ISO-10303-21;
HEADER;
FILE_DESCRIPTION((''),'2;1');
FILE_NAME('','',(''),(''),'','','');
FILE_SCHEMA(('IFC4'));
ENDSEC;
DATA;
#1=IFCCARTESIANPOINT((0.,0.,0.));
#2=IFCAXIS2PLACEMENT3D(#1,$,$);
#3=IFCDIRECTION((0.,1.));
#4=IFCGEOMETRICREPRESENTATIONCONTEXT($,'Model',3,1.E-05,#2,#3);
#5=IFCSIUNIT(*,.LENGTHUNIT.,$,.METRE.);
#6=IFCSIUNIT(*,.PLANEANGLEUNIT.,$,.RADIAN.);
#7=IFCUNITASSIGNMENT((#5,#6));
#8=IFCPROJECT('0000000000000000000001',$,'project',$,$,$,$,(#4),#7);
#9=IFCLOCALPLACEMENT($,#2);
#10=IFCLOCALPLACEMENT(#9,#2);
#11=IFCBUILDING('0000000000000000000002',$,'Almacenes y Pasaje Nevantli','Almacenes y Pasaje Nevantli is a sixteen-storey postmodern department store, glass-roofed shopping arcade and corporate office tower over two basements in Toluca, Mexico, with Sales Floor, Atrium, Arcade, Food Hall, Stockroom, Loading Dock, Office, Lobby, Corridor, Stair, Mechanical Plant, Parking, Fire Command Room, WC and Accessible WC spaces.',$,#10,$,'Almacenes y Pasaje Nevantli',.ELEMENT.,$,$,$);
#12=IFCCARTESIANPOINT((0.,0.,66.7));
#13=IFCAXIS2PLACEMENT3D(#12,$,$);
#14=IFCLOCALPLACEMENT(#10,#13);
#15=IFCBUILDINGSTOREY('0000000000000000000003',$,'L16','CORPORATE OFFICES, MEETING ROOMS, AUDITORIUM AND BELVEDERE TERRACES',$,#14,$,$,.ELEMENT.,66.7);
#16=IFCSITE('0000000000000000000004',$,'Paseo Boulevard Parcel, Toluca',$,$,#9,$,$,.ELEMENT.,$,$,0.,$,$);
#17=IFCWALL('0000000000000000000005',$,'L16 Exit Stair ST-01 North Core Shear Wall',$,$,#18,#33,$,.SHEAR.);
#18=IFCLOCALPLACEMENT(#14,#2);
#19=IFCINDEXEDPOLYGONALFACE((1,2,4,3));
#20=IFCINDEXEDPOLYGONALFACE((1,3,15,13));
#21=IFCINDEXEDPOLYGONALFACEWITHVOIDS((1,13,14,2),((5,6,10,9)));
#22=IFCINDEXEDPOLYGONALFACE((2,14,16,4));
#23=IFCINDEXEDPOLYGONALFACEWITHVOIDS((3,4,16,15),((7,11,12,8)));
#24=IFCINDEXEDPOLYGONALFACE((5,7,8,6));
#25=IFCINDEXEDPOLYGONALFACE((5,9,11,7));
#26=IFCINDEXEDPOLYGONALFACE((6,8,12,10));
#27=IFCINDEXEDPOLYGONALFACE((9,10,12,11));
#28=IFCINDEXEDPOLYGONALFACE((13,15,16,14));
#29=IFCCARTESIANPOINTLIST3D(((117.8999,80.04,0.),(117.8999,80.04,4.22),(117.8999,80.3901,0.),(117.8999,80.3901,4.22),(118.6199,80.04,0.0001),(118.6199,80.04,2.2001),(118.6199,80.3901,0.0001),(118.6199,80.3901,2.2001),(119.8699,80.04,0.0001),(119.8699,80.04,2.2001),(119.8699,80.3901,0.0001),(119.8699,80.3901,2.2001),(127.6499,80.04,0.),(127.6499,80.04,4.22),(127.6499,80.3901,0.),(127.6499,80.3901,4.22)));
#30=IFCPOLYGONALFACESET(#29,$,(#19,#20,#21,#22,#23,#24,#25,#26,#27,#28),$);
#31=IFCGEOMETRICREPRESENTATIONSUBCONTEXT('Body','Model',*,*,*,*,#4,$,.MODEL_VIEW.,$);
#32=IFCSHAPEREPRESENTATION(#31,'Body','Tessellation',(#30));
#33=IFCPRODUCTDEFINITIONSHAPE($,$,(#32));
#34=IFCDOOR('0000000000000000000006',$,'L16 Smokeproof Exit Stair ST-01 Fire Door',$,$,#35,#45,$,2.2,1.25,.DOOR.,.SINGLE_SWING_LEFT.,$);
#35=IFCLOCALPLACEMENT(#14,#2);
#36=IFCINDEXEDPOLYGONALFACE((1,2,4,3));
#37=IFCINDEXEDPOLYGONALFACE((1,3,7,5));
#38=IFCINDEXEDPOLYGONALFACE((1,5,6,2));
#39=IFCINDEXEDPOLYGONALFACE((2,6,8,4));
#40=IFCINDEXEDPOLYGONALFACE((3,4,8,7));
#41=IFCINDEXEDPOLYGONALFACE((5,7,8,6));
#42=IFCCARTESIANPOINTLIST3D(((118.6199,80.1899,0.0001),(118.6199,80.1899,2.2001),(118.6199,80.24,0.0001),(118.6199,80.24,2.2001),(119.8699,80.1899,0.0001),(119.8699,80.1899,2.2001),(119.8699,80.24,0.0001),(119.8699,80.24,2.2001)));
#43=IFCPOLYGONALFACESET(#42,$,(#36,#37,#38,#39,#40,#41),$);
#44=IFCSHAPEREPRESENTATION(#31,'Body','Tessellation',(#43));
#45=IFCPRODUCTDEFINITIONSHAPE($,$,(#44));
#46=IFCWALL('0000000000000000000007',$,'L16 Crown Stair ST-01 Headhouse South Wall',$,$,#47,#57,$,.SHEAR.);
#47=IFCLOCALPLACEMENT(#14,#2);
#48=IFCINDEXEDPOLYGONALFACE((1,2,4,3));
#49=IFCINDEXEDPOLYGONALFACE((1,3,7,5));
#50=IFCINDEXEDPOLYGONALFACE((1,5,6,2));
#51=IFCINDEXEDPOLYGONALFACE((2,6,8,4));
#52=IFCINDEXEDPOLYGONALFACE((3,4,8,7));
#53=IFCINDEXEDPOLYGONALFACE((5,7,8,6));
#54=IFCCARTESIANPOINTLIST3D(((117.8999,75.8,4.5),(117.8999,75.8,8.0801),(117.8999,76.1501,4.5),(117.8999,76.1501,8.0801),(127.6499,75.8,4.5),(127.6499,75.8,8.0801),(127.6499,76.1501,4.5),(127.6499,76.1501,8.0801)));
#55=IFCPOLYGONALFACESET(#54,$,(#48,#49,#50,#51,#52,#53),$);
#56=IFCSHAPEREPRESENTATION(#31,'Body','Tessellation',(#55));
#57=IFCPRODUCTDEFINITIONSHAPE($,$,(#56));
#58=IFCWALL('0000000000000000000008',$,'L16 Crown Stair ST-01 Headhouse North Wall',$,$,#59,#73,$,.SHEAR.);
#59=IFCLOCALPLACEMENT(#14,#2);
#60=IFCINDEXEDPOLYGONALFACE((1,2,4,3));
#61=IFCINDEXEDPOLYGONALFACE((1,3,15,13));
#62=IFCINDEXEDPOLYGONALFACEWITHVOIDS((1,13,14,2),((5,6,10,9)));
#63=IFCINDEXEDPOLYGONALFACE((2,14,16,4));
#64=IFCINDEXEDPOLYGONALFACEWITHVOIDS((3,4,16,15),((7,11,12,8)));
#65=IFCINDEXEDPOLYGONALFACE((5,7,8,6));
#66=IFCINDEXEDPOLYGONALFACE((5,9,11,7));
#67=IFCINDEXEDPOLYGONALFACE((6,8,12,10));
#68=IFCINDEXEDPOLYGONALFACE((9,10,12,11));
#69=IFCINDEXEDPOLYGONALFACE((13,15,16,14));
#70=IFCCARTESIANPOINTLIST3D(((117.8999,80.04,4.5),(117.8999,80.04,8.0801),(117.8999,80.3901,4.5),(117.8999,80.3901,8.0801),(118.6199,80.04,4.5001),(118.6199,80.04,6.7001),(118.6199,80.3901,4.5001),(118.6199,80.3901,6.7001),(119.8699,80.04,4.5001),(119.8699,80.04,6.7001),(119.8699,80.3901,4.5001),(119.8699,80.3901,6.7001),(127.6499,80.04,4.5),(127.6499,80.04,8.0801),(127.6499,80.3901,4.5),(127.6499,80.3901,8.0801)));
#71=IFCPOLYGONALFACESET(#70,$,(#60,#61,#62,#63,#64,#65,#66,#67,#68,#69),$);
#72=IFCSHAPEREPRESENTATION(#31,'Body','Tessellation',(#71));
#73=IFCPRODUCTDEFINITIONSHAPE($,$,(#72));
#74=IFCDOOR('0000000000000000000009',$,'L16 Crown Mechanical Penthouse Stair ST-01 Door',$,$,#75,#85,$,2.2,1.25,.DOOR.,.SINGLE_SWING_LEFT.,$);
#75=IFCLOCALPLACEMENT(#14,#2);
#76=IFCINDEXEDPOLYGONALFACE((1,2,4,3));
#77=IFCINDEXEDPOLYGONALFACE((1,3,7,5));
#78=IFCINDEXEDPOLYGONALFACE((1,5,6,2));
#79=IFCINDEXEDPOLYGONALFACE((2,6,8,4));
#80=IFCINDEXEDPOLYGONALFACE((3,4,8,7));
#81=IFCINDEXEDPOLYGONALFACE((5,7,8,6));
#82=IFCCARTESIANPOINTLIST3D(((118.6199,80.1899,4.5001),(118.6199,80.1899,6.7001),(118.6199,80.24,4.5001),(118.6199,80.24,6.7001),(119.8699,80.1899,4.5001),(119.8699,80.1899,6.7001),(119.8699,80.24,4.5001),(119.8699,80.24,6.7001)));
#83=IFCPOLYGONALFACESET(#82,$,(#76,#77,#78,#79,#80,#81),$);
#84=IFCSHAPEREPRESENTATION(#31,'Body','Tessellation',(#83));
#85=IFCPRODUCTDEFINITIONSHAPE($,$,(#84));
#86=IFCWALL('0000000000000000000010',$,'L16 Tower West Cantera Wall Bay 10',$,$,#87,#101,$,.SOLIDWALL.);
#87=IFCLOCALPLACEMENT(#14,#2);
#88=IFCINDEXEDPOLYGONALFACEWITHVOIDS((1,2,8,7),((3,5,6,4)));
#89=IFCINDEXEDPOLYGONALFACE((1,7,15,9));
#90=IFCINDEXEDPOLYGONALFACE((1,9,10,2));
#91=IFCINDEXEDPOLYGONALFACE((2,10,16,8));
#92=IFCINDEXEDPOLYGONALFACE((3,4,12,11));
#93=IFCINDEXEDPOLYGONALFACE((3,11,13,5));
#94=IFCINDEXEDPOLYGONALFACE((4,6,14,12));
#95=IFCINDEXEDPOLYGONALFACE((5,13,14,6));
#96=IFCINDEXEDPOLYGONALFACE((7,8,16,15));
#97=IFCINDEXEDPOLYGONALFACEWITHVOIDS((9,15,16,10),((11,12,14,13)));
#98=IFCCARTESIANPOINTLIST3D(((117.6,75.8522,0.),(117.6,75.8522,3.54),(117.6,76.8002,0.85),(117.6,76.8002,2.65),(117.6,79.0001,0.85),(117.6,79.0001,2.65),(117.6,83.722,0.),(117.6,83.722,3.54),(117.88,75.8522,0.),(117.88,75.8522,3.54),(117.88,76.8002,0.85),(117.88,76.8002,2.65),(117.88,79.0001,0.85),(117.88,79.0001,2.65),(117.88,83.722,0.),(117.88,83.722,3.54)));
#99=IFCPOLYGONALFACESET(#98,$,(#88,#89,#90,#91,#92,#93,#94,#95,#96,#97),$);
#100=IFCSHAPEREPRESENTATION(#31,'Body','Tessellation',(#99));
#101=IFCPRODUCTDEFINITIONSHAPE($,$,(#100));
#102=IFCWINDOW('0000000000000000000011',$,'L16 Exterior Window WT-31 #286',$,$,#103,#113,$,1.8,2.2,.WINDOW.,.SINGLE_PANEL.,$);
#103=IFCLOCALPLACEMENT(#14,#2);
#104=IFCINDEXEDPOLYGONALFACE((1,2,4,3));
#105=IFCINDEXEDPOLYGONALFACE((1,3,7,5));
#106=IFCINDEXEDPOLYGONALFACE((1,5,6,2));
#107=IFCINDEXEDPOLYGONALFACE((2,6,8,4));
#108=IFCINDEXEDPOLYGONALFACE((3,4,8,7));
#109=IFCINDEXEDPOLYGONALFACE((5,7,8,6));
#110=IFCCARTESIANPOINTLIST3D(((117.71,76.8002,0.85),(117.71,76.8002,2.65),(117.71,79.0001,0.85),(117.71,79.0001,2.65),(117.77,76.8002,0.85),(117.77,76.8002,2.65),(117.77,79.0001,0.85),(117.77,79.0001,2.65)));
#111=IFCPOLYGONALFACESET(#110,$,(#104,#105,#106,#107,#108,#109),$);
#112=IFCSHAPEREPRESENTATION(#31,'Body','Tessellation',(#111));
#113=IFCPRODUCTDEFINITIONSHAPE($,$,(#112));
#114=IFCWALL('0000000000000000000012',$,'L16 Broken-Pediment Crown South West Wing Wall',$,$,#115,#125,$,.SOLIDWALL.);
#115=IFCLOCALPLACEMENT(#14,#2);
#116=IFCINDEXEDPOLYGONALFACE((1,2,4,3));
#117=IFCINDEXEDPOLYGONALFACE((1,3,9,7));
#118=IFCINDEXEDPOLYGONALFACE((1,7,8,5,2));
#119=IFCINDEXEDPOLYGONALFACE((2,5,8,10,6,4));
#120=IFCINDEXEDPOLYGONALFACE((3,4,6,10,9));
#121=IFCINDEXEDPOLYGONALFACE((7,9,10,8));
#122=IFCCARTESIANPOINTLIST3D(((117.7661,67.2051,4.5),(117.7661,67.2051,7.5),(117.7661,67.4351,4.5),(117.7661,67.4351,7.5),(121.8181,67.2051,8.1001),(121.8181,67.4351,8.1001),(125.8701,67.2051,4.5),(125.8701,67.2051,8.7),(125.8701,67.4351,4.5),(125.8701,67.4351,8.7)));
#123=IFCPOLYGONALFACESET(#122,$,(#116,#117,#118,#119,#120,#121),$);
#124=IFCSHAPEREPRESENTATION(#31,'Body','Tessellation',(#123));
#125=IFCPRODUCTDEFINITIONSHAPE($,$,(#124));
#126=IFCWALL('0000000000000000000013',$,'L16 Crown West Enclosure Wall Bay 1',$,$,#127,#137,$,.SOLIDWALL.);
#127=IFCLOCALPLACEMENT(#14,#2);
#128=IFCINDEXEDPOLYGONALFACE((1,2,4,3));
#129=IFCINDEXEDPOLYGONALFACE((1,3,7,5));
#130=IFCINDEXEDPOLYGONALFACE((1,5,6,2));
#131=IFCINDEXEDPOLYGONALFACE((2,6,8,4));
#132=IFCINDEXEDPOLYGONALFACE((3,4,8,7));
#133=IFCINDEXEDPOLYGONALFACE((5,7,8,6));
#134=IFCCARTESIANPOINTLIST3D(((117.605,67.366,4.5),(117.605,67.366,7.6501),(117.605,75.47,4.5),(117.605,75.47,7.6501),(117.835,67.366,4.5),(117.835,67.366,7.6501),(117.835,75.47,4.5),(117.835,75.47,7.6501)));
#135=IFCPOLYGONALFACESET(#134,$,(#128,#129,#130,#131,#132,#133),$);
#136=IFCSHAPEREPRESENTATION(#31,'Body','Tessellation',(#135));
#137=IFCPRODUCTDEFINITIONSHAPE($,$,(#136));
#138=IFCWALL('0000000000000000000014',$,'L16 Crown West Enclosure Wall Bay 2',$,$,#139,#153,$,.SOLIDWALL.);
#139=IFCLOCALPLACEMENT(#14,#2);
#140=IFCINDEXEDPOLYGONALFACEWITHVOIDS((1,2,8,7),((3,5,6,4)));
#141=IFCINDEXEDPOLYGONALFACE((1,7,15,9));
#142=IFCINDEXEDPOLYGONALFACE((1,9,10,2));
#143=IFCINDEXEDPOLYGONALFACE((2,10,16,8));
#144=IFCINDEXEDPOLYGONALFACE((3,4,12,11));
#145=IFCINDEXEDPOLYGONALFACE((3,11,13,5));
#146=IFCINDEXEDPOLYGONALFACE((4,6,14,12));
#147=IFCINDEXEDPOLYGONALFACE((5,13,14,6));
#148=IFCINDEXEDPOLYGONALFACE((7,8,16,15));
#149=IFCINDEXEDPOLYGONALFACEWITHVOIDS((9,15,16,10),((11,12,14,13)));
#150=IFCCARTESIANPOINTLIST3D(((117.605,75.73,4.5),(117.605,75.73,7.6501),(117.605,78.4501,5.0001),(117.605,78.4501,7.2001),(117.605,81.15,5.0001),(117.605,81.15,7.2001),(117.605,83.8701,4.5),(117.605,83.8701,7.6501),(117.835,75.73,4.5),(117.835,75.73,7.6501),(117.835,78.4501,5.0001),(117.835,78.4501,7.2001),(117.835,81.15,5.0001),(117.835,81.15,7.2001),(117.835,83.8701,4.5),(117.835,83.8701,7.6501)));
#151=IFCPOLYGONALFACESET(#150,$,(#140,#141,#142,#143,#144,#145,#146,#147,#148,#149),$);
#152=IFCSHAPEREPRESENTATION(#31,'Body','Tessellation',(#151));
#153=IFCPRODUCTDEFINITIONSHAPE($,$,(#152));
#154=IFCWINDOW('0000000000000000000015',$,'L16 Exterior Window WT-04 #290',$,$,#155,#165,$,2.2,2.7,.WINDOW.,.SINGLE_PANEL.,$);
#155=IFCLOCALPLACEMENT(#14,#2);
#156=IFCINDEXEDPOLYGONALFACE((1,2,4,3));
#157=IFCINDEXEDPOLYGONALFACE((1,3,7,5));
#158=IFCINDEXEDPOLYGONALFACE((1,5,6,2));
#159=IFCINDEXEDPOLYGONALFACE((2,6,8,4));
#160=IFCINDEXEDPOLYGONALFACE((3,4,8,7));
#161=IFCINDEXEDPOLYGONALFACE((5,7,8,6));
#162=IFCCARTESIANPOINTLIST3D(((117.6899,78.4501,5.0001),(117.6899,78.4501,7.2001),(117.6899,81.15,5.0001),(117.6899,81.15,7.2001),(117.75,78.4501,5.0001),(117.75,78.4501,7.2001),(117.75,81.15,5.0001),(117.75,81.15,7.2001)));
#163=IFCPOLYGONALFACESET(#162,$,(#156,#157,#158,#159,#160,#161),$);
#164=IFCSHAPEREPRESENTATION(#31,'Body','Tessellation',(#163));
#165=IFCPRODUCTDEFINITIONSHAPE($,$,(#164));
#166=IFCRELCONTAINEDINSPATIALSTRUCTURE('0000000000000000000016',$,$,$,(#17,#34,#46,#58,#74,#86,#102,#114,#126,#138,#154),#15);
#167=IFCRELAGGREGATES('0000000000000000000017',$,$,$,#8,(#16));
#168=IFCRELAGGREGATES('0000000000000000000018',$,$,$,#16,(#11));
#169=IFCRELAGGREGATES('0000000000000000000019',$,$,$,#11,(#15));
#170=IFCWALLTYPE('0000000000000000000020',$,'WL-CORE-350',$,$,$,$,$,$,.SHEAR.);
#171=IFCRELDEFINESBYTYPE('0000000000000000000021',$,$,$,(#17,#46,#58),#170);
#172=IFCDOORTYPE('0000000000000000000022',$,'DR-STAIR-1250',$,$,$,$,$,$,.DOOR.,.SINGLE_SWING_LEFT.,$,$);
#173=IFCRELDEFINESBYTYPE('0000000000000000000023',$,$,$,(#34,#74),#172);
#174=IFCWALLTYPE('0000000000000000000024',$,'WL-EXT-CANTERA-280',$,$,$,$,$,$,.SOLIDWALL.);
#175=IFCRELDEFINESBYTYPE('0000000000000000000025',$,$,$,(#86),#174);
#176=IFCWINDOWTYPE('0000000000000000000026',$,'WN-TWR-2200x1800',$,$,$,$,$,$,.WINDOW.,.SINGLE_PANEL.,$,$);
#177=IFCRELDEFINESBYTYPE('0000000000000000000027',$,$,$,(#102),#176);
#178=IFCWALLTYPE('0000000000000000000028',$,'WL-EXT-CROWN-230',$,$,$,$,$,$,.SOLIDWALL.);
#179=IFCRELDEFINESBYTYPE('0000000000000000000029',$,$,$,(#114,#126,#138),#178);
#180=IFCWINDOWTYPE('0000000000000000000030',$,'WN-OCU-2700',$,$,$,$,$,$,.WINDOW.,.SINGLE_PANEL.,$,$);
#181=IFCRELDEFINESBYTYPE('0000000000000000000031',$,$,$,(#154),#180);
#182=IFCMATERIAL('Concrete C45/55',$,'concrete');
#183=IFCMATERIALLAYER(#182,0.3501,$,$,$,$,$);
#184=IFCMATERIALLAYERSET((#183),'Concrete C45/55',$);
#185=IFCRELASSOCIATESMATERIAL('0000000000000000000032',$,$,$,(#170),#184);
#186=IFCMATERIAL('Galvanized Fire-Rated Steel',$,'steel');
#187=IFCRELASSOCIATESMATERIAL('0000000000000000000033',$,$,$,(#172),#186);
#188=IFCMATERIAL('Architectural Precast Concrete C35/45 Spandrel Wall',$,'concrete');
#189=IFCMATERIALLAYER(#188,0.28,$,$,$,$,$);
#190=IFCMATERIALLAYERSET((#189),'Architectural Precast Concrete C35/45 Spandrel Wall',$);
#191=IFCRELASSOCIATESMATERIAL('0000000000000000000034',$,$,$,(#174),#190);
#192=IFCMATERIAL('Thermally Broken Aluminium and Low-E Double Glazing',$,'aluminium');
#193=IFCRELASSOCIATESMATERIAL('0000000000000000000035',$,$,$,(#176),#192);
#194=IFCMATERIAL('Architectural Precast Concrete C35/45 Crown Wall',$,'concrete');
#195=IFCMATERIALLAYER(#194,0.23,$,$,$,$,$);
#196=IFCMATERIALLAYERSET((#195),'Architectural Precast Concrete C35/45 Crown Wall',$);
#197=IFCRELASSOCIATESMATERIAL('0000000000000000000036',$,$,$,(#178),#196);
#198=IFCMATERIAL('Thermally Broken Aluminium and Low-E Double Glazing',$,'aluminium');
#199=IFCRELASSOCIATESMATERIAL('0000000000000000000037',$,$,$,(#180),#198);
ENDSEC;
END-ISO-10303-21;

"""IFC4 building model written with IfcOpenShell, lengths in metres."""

from ifc_helpers import new_model, si_unit, direction, frame, frame_2d, origin, place, context, subcontext, project, spatial, polyline, rectangle, outline, extrude, material, layer, layer_set, type_object, element, fill, save


model = new_model("IFC4")

# Units and contexts
model_context = context("Model", 3, precision=1e-05, world=origin(), true_north=direction((0.0, 1.0)))
body_context = subcontext(model_context, "Body", "Model", "MODEL_VIEW")
ifc_project = project(units=[si_unit("LENGTHUNIT", "METRE"), si_unit("PLANEANGLEUNIT", "RADIAN")], contexts=[model_context])

# Site, building, storey
site_placement = place(None, origin())
site = spatial("IfcSite", under=ifc_project, at=site_placement, Name="Paseo Boulevard Parcel, Toluca", CompositionType="ELEMENT", RefElevation=0.0)
building_placement = place(site_placement, origin())
building = spatial("IfcBuilding", under=site, at=building_placement, Name="Almacenes y Pasaje Nevantli", Description="Almacenes y Pasaje Nevantli is a sixteen-storey postmodern department store, glass-roofed shopping arcade and corporate office tower over two basements in Toluca, Mexico, with Sales Floor, Atrium, Arcade, Food Hall, Stockroom, Loading Dock, Office, Lobby, Corridor, Stair, Mechanical Plant, Parking, Fire Command Room, WC and Accessible WC spaces.", LongName="Almacenes y Pasaje Nevantli", CompositionType="ELEMENT")
storey_placement = place(building_placement, frame((0.0, 0.0, 66.7)))
storey = spatial("IfcBuildingStorey", under=building, at=storey_placement, Name="L16", Description="CORPORATE OFFICES, MEETING ROOMS, AUDITORIUM AND BELVEDERE TERRACES", CompositionType="ELEMENT", Elevation=66.7)

# Shared definitions
ifc_material_1 = material(Name="Concrete C45/55", Category="concrete")
ifc_layer_1 = layer(ifc_material_1, 0.3501)
ifc_layer_set_1 = layer_set([ifc_layer_1], Name="Concrete C45/55")
wall_type_1 = type_object("IfcWallType", Name="WL-CORE-350", PredefinedType="SHEAR", material=ifc_layer_set_1)

# Wall, opening, door
wall_1_placement = place(storey_placement, frame((117.8999, 80.2151, 0.0), z_axis=(0.0, 0.0, 1.0), x_axis=(1.0, 0.0, 0.0)))
wall_1 = element("IfcWall", 1, at=wall_1_placement, inside=storey, type_object=wall_type_1, Name="L16 Exit Stair ST-01 North Core Shear Wall", PredefinedType="SHEAR", context=body_context, shape_type="SweptSolid", body=[
    extrude(rectangle(XDim=9.75, YDim=0.3501, at=frame_2d((4.875, 0.0))), origin(), (0.0, 0.0, 1.0), 4.22),
])
opening_1_placement = place(wall_1_placement, frame((0.72, 0.0, 0.0)))
opening_1 = element("IfcOpeningElement", 2, at=opening_1_placement, cuts=wall_1, PredefinedType="OPENING", context=body_context, shape_type="SweptSolid", body=[
    extrude(rectangle(XDim=1.25, YDim=2.2, at=frame_2d((0.625, 1.1001))), frame((0.0, 0.1851, 0.0), z_axis=(0.0, -1.0, 0.0), x_axis=(1.0, 0.0, 0.0)), (0.0, 0.0, 1.0), 0.3701),
])
ifc_material_2 = material(Name="Galvanized Fire-Rated Steel", Category="steel")
door_type = type_object("IfcDoorType", Name="DR-STAIR-1250", OperationType="SINGLE_SWING_LEFT", PredefinedType="DOOR", material=ifc_material_2)
door_1_placement = place(opening_1_placement, origin())
door_1 = element("IfcDoor", 3, at=door_1_placement, inside=storey, type_object=door_type, Name="L16 Smokeproof Exit Stair ST-01 Fire Door", OperationType="SINGLE_SWING_LEFT", OverallHeight=2.2, OverallWidth=1.25, PredefinedType="DOOR", context=body_context, shape_type="SweptSolid", body=[
    extrude(rectangle(XDim=1.25, YDim=2.2, at=frame_2d((0.625, 1.1001))), frame((0.0, 0.0249, 0.0), z_axis=(0.0, -1.0, 0.0), x_axis=(1.0, 0.0, 0.0)), (0.0, 0.0, 1.0), 0.05),
])
fill(opening_1, door_1)

# Wall
wall_2_placement = place(storey_placement, frame((117.8999, 75.9751, 4.5), z_axis=(0.0, 0.0, 1.0), x_axis=(1.0, 0.0, 0.0)))
element("IfcWall", 4, at=wall_2_placement, inside=storey, type_object=wall_type_1, Name="L16 Crown Stair ST-01 Headhouse South Wall", PredefinedType="SHEAR", context=body_context, shape_type="SweptSolid", body=[
    extrude(rectangle(XDim=9.75, YDim=0.3501, at=frame_2d((4.875, 0.0))), origin(), (0.0, 0.0, 1.0), 3.5801),
])

# Wall, opening, door
wall_3_placement = place(storey_placement, frame((117.8999, 80.2151, 4.5), z_axis=(0.0, 0.0, 1.0), x_axis=(1.0, 0.0, 0.0)))
wall_3 = element("IfcWall", 5, at=wall_3_placement, inside=storey, type_object=wall_type_1, Name="L16 Crown Stair ST-01 Headhouse North Wall", PredefinedType="SHEAR", context=body_context, shape_type="SweptSolid", body=[
    extrude(rectangle(XDim=9.75, YDim=0.3501, at=frame_2d((4.875, 0.0))), origin(), (0.0, 0.0, 1.0), 3.5801),
])
opening_2_placement = place(wall_3_placement, frame((0.72, 0.0, 0.0)))
opening_2 = element("IfcOpeningElement", 6, at=opening_2_placement, cuts=wall_3, PredefinedType="OPENING", context=body_context, shape_type="SweptSolid", body=[
    extrude(rectangle(XDim=1.25, YDim=2.2, at=frame_2d((0.625, 1.1001))), frame((0.0, 0.1851, 0.0), z_axis=(0.0, -1.0, 0.0), x_axis=(1.0, 0.0, 0.0)), (0.0, 0.0, 1.0), 0.3701),
])
door_2_placement = place(opening_2_placement, origin())
door_2 = element("IfcDoor", 7, at=door_2_placement, inside=storey, type_object=door_type, Name="L16 Crown Mechanical Penthouse Stair ST-01 Door", OperationType="SINGLE_SWING_LEFT", OverallHeight=2.2, OverallWidth=1.25, PredefinedType="DOOR", context=body_context, shape_type="SweptSolid", body=[
    extrude(rectangle(XDim=1.25, YDim=2.2, at=frame_2d((0.625, 1.1001))), frame((0.0, 0.0249, 0.0), z_axis=(0.0, -1.0, 0.0), x_axis=(1.0, 0.0, 0.0)), (0.0, 0.0, 1.0), 0.05),
])
fill(opening_2, door_2)

# Wall, opening, window
ifc_material_3 = material(Name="Architectural Precast Concrete C35/45 Spandrel Wall", Category="concrete")
ifc_layer_2 = layer(ifc_material_3, 0.28)
ifc_layer_set_2 = layer_set([ifc_layer_2], Name="Architectural Precast Concrete C35/45 Spandrel Wall")
wall_type_2 = type_object("IfcWallType", Name="WL-EXT-CANTERA-280", PredefinedType="SOLIDWALL", material=ifc_layer_set_2)
wall_4_placement = place(storey_placement, frame((117.74, 75.8521, 0.0), z_axis=(0.0, 0.0, 1.0), x_axis=(0.0, 1.0, 0.0)))
wall_4 = element("IfcWall", 8, at=wall_4_placement, inside=storey, type_object=wall_type_2, Name="L16 Tower West Cantera Wall Bay 10", PredefinedType="SOLIDWALL", context=body_context, shape_type="SweptSolid", body=[
    extrude(rectangle(XDim=7.8699, YDim=0.28, at=frame_2d((3.9351, 0.0))), origin(), (0.0, 0.0, 1.0), 3.54),
])
opening_3_placement = place(wall_4_placement, frame((0.948, 0.0, 0.8501)))
opening_3 = element("IfcOpeningElement", 9, at=opening_3_placement, cuts=wall_4, PredefinedType="OPENING", context=body_context, shape_type="SweptSolid", body=[
    extrude(rectangle(XDim=2.2, YDim=1.8, at=frame_2d((1.1001, 0.8999))), frame((0.0, 0.1499, 0.0), z_axis=(0.0, -1.0, 0.0), x_axis=(1.0, 0.0, 0.0)), (0.0, 0.0, 1.0), 0.3),
])
ifc_material_4 = material(Name="Thermally Broken Aluminium and Low-E Double Glazing", Category="aluminium")
window_type_1 = type_object("IfcWindowType", Name="WN-TWR-2200x1800", PartitioningType="SINGLE_PANEL", PredefinedType="WINDOW", material=ifc_material_4)
window_1_placement = place(opening_3_placement, origin())
window_1 = element("IfcWindow", 10, at=window_1_placement, inside=storey, type_object=window_type_1, Name="L16 Exterior Window WT-31 #286", OverallHeight=1.8, OverallWidth=2.2, PartitioningType="SINGLE_PANEL", PredefinedType="WINDOW", context=body_context, shape_type="SweptSolid", body=[
    extrude(rectangle(XDim=2.2, YDim=1.8, at=frame_2d((1.1001, 0.8999))), frame((0.0, 0.03, 0.0), z_axis=(0.0, -1.0, 0.0), x_axis=(1.0, 0.0, 0.0)), (0.0, 0.0, 1.0), 0.0601),
])
fill(opening_3, window_1)

# Walls
ifc_material_5 = material(Name="Architectural Precast Concrete C35/45 Crown Wall", Category="concrete")
ifc_layer_3 = layer(ifc_material_5, 0.23)
ifc_layer_set_3 = layer_set([ifc_layer_3], Name="Architectural Precast Concrete C35/45 Crown Wall")
wall_type_3 = type_object("IfcWallType", Name="WL-EXT-CROWN-230", PredefinedType="SOLIDWALL", material=ifc_layer_set_3)
wall_5_placement = place(storey_placement, frame((117.7661, 67.3201, 4.5), z_axis=(0.0, 0.0, 1.0), x_axis=(1.0, 0.0, 0.0)))
element("IfcWall", 11, at=wall_5_placement, inside=storey, type_object=wall_type_3, Name="L16 Broken-Pediment Crown South West Wing Wall", PredefinedType="SOLIDWALL", context=body_context, shape_type="SweptSolid", body=[
    extrude(outline(polyline([(0.0, 0.0), (8.104, 0.0), (8.104, 4.2), (4.052, 3.6001), (0.0, 3.0), (0.0, 0.0)])), frame((0.0, 0.115, 0.0), z_axis=(0.0, -1.0, 0.0), x_axis=(1.0, 0.0, 0.0)), (0.0, 0.0, 1.0), 0.23),
])
wall_6_placement = place(storey_placement, frame((117.72, 67.366, 4.5), z_axis=(0.0, 0.0, 1.0), x_axis=(0.0, 1.0, 0.0)))
element("IfcWall", 12, at=wall_6_placement, inside=storey, type_object=wall_type_3, Name="L16 Crown West Enclosure Wall Bay 1", PredefinedType="SOLIDWALL", context=body_context, shape_type="SweptSolid", body=[
    extrude(rectangle(XDim=8.104, YDim=0.23, at=frame_2d((4.052, 0.0))), origin(), (0.0, 0.0, 1.0), 3.1501),
])

# Wall, opening, window
wall_7_placement = place(storey_placement, frame((117.72, 75.73, 4.5), z_axis=(0.0, 0.0, 1.0), x_axis=(0.0, 1.0, 0.0)))
wall_7 = element("IfcWall", 13, at=wall_7_placement, inside=storey, type_object=wall_type_3, Name="L16 Crown West Enclosure Wall Bay 2", PredefinedType="SOLIDWALL", context=body_context, shape_type="SweptSolid", body=[
    extrude(rectangle(XDim=8.1401, YDim=0.23, at=frame_2d((4.0701, 0.0))), origin(), (0.0, 0.0, 1.0), 3.1501),
])
opening_4_placement = place(wall_7_placement, frame((2.72, 0.0, 0.5)))
opening_4 = element("IfcOpeningElement", 14, at=opening_4_placement, cuts=wall_7, PredefinedType="OPENING", context=body_context, shape_type="SweptSolid", body=[
    extrude(rectangle(XDim=2.7, YDim=2.2, at=frame_2d((1.3501, 1.1001))), frame((0.0, 0.125, 0.0), z_axis=(0.0, -1.0, 0.0), x_axis=(1.0, 0.0, 0.0)), (0.0, 0.0, 1.0), 0.25),
])
ifc_material_6 = material(Name="Thermally Broken Aluminium and Low-E Double Glazing", Category="aluminium")
window_type_2 = type_object("IfcWindowType", Name="WN-OCU-2700", PartitioningType="SINGLE_PANEL", PredefinedType="WINDOW", material=ifc_material_6)
window_2_placement = place(opening_4_placement, origin())
window_2 = element("IfcWindow", 15, at=window_2_placement, inside=storey, type_object=window_type_2, Name="L16 Exterior Window WT-04 #290", OverallHeight=2.2, OverallWidth=2.7, PartitioningType="SINGLE_PANEL", PredefinedType="WINDOW", context=body_context, shape_type="SweptSolid", body=[
    extrude(rectangle(XDim=2.7, YDim=2.2, at=frame_2d((1.3501, 1.1001))), frame((0.0, 0.03, 0.0), z_axis=(0.0, -1.0, 0.0), x_axis=(1.0, 0.0, 0.0)), (0.0, 0.0, 1.0), 0.0601),
])
fill(opening_4, window_2)

save(model, "model.ifc")
